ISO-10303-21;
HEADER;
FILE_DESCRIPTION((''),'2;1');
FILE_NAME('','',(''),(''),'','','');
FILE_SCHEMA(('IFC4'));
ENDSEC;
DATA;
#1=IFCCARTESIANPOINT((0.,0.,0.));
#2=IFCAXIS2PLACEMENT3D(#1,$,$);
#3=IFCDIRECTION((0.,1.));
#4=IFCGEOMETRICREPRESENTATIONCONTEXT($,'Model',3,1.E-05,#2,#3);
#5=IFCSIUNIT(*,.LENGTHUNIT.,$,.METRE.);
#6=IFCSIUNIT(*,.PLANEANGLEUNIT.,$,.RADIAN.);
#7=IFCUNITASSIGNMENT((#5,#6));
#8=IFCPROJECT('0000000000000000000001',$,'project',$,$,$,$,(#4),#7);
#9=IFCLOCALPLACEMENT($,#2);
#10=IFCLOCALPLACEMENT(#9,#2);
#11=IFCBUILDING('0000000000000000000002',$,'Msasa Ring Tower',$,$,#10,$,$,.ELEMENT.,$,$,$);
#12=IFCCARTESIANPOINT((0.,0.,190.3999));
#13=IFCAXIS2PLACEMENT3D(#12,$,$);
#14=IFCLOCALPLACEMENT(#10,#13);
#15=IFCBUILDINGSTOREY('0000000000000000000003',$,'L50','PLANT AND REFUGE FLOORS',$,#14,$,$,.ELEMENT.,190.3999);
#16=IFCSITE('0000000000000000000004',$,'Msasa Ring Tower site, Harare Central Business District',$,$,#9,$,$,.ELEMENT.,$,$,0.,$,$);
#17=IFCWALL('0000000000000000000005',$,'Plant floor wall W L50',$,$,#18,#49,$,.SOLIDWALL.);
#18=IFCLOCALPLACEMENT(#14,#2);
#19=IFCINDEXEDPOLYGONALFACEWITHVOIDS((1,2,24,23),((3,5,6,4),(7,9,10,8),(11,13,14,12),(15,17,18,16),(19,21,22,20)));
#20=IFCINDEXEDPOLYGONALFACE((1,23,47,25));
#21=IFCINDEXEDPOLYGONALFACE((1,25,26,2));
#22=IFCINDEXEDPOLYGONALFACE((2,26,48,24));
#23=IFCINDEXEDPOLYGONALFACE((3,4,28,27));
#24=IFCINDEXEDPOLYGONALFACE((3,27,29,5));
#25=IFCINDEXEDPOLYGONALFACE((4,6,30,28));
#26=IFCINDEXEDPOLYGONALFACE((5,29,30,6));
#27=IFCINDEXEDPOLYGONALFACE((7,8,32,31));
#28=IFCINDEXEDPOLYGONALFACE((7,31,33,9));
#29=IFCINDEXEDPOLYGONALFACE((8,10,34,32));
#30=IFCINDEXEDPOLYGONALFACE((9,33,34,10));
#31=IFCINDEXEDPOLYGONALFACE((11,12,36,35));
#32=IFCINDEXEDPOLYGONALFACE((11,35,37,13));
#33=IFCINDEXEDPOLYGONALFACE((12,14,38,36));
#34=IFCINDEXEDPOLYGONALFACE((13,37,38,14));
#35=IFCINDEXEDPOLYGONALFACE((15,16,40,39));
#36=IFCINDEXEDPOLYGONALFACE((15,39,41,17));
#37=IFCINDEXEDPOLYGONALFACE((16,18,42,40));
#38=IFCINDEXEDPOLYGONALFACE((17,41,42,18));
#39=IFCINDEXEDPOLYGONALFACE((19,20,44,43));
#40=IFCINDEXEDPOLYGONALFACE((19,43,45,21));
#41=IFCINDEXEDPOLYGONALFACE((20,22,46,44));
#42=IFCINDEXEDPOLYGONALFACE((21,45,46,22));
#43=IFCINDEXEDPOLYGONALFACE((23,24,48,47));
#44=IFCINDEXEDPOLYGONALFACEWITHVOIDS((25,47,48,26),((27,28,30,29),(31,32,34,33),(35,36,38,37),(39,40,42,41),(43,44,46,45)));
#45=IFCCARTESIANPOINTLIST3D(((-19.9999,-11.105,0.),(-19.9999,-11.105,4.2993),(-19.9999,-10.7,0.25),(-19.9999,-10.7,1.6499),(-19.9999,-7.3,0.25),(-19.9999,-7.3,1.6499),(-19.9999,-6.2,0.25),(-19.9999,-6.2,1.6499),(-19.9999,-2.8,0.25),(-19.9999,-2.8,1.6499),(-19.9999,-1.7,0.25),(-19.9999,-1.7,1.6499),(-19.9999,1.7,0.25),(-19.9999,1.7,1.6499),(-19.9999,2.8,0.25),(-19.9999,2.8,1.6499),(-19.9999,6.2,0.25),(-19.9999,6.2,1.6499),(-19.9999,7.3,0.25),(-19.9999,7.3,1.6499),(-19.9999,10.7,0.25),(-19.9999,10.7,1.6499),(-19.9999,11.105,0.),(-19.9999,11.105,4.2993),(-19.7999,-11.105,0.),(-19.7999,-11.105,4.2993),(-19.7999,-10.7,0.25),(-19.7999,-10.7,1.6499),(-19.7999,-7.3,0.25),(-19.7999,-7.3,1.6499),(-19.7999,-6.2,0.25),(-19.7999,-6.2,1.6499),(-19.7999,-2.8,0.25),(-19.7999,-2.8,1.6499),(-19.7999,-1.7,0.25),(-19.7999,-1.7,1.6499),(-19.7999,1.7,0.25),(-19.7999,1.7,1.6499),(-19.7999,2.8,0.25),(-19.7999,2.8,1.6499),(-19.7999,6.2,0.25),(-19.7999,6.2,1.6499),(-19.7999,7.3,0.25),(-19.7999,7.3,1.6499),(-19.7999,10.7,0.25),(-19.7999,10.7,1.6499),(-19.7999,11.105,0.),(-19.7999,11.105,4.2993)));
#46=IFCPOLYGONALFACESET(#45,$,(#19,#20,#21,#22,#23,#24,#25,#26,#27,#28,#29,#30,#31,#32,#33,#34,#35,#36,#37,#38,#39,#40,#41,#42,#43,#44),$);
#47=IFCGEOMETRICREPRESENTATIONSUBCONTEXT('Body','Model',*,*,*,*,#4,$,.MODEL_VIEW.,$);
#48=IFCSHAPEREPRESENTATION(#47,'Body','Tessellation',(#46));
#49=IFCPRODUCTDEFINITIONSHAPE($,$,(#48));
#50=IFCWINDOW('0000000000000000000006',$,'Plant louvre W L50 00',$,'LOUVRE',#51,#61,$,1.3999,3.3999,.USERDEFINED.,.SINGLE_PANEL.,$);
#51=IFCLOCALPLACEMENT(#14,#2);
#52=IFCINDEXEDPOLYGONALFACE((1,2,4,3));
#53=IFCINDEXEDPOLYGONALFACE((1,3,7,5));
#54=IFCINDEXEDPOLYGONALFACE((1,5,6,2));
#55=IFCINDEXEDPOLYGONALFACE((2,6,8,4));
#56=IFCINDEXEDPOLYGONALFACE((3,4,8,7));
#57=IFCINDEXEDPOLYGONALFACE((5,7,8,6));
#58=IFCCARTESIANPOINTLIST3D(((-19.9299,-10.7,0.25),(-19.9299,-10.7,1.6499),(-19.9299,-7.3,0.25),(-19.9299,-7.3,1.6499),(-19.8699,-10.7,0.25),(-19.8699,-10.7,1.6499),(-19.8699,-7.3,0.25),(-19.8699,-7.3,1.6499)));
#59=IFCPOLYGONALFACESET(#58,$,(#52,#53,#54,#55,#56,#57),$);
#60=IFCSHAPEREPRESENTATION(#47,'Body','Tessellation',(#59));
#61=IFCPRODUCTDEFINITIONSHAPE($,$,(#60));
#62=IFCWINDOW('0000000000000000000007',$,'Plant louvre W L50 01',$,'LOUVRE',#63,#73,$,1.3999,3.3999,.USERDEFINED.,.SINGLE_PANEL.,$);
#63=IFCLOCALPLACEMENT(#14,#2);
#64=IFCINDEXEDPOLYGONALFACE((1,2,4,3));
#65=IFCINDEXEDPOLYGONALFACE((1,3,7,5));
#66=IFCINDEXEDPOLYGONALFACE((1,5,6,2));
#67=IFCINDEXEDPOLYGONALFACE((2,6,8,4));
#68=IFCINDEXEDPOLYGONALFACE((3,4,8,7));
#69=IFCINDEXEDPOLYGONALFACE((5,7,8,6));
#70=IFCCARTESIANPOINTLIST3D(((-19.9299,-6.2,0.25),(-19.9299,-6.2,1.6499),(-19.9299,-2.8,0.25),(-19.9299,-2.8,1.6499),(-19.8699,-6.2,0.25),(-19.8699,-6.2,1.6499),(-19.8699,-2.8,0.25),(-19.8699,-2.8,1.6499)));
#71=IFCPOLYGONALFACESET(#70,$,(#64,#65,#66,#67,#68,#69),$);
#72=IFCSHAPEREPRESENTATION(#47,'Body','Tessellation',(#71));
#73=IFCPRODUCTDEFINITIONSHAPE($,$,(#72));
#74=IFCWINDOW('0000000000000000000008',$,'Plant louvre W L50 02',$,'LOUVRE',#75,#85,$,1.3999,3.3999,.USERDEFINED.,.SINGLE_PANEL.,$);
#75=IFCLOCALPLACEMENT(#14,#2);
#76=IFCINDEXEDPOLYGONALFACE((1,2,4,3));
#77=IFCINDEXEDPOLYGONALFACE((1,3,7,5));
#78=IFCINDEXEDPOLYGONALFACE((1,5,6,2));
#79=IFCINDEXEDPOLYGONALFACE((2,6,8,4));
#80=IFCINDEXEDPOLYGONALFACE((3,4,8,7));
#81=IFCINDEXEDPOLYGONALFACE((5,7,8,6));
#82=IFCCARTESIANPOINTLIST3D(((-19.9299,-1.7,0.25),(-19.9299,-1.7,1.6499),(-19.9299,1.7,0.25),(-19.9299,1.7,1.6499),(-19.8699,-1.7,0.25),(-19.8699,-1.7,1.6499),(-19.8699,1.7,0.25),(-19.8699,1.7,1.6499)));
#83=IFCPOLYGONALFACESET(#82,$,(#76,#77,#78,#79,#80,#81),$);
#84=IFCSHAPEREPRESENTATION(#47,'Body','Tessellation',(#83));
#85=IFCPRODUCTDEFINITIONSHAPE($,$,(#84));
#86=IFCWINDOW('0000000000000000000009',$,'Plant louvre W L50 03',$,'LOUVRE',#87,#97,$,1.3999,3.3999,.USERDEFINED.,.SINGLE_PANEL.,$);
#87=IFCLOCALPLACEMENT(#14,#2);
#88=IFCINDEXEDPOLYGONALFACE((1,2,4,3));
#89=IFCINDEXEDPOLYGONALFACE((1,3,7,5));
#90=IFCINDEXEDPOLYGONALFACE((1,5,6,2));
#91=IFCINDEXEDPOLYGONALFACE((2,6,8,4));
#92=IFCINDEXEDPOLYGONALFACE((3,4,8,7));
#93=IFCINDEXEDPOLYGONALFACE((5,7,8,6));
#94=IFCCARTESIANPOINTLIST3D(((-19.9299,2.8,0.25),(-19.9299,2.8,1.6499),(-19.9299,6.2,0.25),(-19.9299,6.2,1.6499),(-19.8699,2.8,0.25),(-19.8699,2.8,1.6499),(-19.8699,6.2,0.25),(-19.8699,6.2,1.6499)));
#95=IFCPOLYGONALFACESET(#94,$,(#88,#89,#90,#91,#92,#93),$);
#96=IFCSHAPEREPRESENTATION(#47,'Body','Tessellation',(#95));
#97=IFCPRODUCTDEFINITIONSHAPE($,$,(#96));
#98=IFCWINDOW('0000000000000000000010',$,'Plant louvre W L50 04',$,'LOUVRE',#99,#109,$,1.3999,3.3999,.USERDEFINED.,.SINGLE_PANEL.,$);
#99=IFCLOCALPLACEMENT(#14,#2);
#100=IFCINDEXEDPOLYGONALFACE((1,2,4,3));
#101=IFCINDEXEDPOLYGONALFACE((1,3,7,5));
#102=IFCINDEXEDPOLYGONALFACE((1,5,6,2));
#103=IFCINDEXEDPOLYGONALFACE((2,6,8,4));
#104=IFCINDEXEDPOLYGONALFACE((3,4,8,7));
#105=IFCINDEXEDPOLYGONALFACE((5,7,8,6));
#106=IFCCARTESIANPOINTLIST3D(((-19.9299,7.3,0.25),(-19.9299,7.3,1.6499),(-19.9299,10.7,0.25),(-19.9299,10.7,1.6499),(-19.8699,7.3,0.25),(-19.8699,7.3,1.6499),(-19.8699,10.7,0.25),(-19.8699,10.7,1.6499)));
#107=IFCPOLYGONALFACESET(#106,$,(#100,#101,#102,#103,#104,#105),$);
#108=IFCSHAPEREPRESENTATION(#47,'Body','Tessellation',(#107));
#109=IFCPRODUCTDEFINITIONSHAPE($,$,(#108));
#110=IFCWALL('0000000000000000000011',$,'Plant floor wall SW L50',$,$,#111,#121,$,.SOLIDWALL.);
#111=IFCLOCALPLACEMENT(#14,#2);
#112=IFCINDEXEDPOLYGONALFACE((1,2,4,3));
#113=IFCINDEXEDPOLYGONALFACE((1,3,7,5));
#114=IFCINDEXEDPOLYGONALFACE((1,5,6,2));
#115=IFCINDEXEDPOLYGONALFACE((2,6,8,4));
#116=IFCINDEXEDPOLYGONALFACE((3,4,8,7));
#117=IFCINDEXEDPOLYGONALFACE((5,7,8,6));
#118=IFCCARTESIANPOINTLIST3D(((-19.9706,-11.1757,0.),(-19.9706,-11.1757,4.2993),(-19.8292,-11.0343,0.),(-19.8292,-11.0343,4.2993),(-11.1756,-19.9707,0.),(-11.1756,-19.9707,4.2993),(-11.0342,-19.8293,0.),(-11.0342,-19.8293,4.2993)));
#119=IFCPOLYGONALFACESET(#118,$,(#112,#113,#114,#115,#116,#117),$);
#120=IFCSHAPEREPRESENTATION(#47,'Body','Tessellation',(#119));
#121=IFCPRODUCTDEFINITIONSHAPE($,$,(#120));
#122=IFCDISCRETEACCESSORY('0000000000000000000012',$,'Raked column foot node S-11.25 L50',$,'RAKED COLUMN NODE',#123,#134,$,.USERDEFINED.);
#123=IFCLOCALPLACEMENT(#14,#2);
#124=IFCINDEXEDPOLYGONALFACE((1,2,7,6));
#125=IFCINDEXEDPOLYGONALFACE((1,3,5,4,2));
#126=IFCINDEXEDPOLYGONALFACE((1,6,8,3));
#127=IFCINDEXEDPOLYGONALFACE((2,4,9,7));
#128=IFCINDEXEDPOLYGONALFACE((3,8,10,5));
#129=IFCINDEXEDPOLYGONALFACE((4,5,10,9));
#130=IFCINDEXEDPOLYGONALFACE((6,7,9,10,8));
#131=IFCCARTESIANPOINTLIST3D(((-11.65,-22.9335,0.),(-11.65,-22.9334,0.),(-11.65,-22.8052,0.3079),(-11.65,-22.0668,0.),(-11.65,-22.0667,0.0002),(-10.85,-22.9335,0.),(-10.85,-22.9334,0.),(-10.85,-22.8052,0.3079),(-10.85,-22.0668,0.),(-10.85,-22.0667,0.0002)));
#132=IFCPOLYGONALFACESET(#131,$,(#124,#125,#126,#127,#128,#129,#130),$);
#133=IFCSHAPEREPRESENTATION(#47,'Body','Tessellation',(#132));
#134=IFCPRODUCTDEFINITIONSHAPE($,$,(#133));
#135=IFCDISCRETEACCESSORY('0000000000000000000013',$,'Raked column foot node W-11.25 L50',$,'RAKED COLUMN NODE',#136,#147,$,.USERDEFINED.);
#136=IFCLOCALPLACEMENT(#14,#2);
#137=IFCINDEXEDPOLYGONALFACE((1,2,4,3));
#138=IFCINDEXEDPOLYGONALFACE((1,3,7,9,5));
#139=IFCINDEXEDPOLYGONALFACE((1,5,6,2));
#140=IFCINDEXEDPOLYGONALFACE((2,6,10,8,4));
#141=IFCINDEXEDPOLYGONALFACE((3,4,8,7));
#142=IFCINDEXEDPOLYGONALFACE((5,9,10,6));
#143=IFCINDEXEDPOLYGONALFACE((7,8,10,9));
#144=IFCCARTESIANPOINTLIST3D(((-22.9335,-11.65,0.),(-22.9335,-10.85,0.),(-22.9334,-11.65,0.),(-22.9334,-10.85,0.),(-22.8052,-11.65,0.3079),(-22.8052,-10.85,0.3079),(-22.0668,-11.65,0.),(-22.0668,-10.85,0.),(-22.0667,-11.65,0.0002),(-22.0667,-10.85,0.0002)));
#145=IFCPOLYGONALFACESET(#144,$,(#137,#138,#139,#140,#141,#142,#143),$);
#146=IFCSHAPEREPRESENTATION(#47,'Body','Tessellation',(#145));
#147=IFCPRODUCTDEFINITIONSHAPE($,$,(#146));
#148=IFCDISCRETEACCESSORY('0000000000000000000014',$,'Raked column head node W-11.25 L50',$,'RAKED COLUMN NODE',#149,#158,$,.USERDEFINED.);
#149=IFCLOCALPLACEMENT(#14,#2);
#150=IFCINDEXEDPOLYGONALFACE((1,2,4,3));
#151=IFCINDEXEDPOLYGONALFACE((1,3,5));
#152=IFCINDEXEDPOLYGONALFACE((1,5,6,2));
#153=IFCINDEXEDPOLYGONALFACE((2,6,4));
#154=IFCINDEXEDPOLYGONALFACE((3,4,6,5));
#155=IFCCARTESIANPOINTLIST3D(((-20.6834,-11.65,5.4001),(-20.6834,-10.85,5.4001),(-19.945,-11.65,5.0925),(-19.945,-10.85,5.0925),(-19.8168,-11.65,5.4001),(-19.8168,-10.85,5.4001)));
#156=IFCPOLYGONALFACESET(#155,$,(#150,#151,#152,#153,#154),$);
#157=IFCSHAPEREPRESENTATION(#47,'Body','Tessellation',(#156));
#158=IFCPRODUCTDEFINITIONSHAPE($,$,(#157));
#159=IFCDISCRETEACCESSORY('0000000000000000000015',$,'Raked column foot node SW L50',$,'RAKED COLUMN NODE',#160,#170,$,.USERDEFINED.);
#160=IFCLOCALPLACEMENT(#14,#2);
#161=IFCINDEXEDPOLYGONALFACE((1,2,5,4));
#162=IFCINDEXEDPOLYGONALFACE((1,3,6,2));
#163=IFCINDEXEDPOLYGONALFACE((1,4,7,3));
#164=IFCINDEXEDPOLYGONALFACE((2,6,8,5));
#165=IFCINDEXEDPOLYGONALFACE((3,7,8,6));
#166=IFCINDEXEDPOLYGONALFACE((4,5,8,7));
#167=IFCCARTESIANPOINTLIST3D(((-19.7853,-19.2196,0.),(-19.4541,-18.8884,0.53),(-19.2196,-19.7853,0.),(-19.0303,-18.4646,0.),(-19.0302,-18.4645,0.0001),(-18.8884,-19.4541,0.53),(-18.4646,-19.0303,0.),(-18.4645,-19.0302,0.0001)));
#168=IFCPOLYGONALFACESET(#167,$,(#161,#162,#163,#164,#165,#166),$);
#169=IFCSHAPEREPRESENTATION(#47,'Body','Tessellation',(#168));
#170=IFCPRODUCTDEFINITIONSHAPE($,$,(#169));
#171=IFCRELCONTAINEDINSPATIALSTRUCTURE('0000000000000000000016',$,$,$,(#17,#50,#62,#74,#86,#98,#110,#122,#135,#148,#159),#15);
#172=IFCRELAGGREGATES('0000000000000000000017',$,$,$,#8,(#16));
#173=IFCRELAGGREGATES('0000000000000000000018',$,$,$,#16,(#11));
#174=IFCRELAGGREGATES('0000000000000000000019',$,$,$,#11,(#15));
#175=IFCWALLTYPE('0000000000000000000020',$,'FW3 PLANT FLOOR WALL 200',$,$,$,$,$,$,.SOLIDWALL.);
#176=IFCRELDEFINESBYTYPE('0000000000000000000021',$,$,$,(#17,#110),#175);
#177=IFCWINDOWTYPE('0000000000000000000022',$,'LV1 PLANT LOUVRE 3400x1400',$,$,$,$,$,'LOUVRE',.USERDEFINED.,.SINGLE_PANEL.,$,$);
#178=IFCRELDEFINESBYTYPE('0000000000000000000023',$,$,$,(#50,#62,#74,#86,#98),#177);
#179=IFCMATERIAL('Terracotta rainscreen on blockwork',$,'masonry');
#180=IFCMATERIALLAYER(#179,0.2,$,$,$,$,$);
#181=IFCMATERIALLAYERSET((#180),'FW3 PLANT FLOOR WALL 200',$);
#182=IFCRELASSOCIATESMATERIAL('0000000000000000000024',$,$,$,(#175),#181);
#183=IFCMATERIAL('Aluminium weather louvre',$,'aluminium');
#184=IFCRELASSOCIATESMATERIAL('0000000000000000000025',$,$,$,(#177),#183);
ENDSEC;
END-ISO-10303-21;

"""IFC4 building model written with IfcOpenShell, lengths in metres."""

from ifc_helpers import new_model, si_unit, direction, frame, frame_2d, origin, origin_2d, place, context, subcontext, project, spatial, rectangle, extrude, clip, halfspace, material, layer, layer_set, type_object, element, fill, save


model = new_model("IFC4")

# Units and contexts
model_context = context("Model", 3, precision=1e-05, world=origin(), true_north=direction((0.0, 1.0)))
body_context = subcontext(model_context, "Body", "Model", "MODEL_VIEW")
ifc_project = project(units=[si_unit("LENGTHUNIT", "METRE"), si_unit("PLANEANGLEUNIT", "RADIAN")], contexts=[model_context])

# Site, building, storey
site_placement = place(None, origin())
site = spatial("IfcSite", under=ifc_project, at=site_placement, Name="Msasa Ring Tower site, Harare Central Business District", CompositionType="ELEMENT", RefElevation=0.0)
building_placement = place(site_placement, origin())
building = spatial("IfcBuilding", under=site, at=building_placement, Name="Msasa Ring Tower", CompositionType="ELEMENT")
storey_placement = place(building_placement, frame((0.0, 0.0, 190.3999)))
storey = spatial("IfcBuildingStorey", under=building, at=storey_placement, Name="L50", Description="PLANT AND REFUGE FLOORS", CompositionType="ELEMENT", Elevation=190.3999)

# Wall, openings, windows
ifc_material_1 = material(Name="Terracotta rainscreen on blockwork", Category="masonry")
ifc_layer_1 = layer(ifc_material_1, 0.2)
ifc_layer_set_1 = layer_set([ifc_layer_1], Name="FW3 PLANT FLOOR WALL 200")
wall_type_1 = type_object("IfcWallType", Name="FW3 PLANT FLOOR WALL 200", PredefinedType="SOLIDWALL", material=ifc_layer_set_1)
wall_1_placement = place(storey_placement, frame((-19.8999, -11.105, 0.0), z_axis=(0.0, 0.0, 1.0), x_axis=(0.0, 1.0, 0.0)))
wall_1 = element("IfcWall", 1, at=wall_1_placement, inside=storey, type_object=wall_type_1, Name="Plant floor wall W L50", PredefinedType="SOLIDWALL", context=body_context, shape_type="SweptSolid", body=[
    extrude(rectangle(XDim=22.21, YDim=0.2, at=frame_2d((11.105, 0.0))), origin(), (0.0, 0.0, 1.0), 4.2993),
])
opening_1_placement = place(wall_1_placement, frame((0.405, 0.0, 0.25)))
opening_1 = element("IfcOpeningElement", 2, at=opening_1_placement, cuts=wall_1, PredefinedType="OPENING", context=body_context, shape_type="SweptSolid", body=[
    extrude(rectangle(XDim=3.3999, YDim=1.3999, at=frame_2d((1.7, 0.7))), frame((0.0, 0.1099, 0.0), z_axis=(0.0, -1.0, 0.0), x_axis=(1.0, 0.0, 0.0)), (0.0, 0.0, 1.0), 0.22),
])
opening_2_placement = place(wall_1_placement, frame((4.905, 0.0, 0.25)))
opening_2 = element("IfcOpeningElement", 3, at=opening_2_placement, cuts=wall_1, PredefinedType="OPENING", context=body_context, shape_type="SweptSolid", body=[
    extrude(rectangle(XDim=3.3999, YDim=1.3999, at=frame_2d((1.7, 0.7))), frame((0.0, 0.1099, 0.0), z_axis=(0.0, -1.0, 0.0), x_axis=(1.0, 0.0, 0.0)), (0.0, 0.0, 1.0), 0.22),
])
opening_3_placement = place(wall_1_placement, frame((9.405, 0.0, 0.25)))
opening_3 = element("IfcOpeningElement", 4, at=opening_3_placement, cuts=wall_1, PredefinedType="OPENING", context=body_context, shape_type="SweptSolid", body=[
    extrude(rectangle(XDim=3.3999, YDim=1.3999, at=frame_2d((1.7, 0.7))), frame((0.0, 0.1099, 0.0), z_axis=(0.0, -1.0, 0.0), x_axis=(1.0, 0.0, 0.0)), (0.0, 0.0, 1.0), 0.22),
])
opening_4_placement = place(wall_1_placement, frame((13.905, 0.0, 0.25)))
opening_4 = element("IfcOpeningElement", 5, at=opening_4_placement, cuts=wall_1, PredefinedType="OPENING", context=body_context, shape_type="SweptSolid", body=[
    extrude(rectangle(XDim=3.3999, YDim=1.3999, at=frame_2d((1.7, 0.7))), frame((0.0, 0.1099, 0.0), z_axis=(0.0, -1.0, 0.0), x_axis=(1.0, 0.0, 0.0)), (0.0, 0.0, 1.0), 0.22),
])
opening_5_placement = place(wall_1_placement, frame((18.405, 0.0, 0.25)))
opening_5 = element("IfcOpeningElement", 6, at=opening_5_placement, cuts=wall_1, PredefinedType="OPENING", context=body_context, shape_type="SweptSolid", body=[
    extrude(rectangle(XDim=3.3999, YDim=1.3999, at=frame_2d((1.7, 0.7))), frame((0.0, 0.1099, 0.0), z_axis=(0.0, -1.0, 0.0), x_axis=(1.0, 0.0, 0.0)), (0.0, 0.0, 1.0), 0.22),
])
ifc_material_2 = material(Name="Aluminium weather louvre", Category="aluminium")
window_type = type_object("IfcWindowType", Name="LV1 PLANT LOUVRE 3400x1400", ElementType="LOUVRE", PartitioningType="SINGLE_PANEL", PredefinedType="USERDEFINED", material=ifc_material_2)
window_1_placement = place(opening_1_placement, origin())
window_1 = element("IfcWindow", 7, at=window_1_placement, inside=storey, type_object=window_type, Name="Plant louvre W L50 00", ObjectType="LOUVRE", OverallHeight=1.3999, OverallWidth=3.3999, PartitioningType="SINGLE_PANEL", PredefinedType="USERDEFINED", context=body_context, shape_type="SweptSolid", body=[
    extrude(rectangle(XDim=3.3999, YDim=1.3999, at=frame_2d((1.7, 0.7))), frame((0.0, 0.03, 0.0), z_axis=(0.0, -1.0, 0.0), x_axis=(1.0, 0.0, 0.0)), (0.0, 0.0, 1.0), 0.0601),
])
fill(opening_1, window_1)
window_2_placement = place(opening_2_placement, origin())
window_2 = element("IfcWindow", 8, at=window_2_placement, inside=storey, type_object=window_type, Name="Plant louvre W L50 01", ObjectType="LOUVRE", OverallHeight=1.3999, OverallWidth=3.3999, PartitioningType="SINGLE_PANEL", PredefinedType="USERDEFINED", context=body_context, shape_type="SweptSolid", body=[
    extrude(rectangle(XDim=3.3999, YDim=1.3999, at=frame_2d((1.7, 0.7))), frame((0.0, 0.03, 0.0), z_axis=(0.0, -1.0, 0.0), x_axis=(1.0, 0.0, 0.0)), (0.0, 0.0, 1.0), 0.0601),
])
fill(opening_2, window_2)
window_3_placement = place(opening_3_placement, origin())
window_3 = element("IfcWindow", 9, at=window_3_placement, inside=storey, type_object=window_type, Name="Plant louvre W L50 02", ObjectType="LOUVRE", OverallHeight=1.3999, OverallWidth=3.3999, PartitioningType="SINGLE_PANEL", PredefinedType="USERDEFINED", context=body_context, shape_type="SweptSolid", body=[
    extrude(rectangle(XDim=3.3999, YDim=1.3999, at=frame_2d((1.7, 0.7))), frame((0.0, 0.03, 0.0), z_axis=(0.0, -1.0, 0.0), x_axis=(1.0, 0.0, 0.0)), (0.0, 0.0, 1.0), 0.0601),
])
fill(opening_3, window_3)
window_4_placement = place(opening_4_placement, origin())
window_4 = element("IfcWindow", 10, at=window_4_placement, inside=storey, type_object=window_type, Name="Plant louvre W L50 03", ObjectType="LOUVRE", OverallHeight=1.3999, OverallWidth=3.3999, PartitioningType="SINGLE_PANEL", PredefinedType="USERDEFINED", context=body_context, shape_type="SweptSolid", body=[
    extrude(rectangle(XDim=3.3999, YDim=1.3999, at=frame_2d((1.7, 0.7))), frame((0.0, 0.03, 0.0), z_axis=(0.0, -1.0, 0.0), x_axis=(1.0, 0.0, 0.0)), (0.0, 0.0, 1.0), 0.0601),
])
fill(opening_4, window_4)
window_5_placement = place(opening_5_placement, origin())
window_5 = element("IfcWindow", 11, at=window_5_placement, inside=storey, type_object=window_type, Name="Plant louvre W L50 04", ObjectType="LOUVRE", OverallHeight=1.3999, OverallWidth=3.3999, PartitioningType="SINGLE_PANEL", PredefinedType="USERDEFINED", context=body_context, shape_type="SweptSolid", body=[
    extrude(rectangle(XDim=3.3999, YDim=1.3999, at=frame_2d((1.7, 0.7))), frame((0.0, 0.03, 0.0), z_axis=(0.0, -1.0, 0.0), x_axis=(1.0, 0.0, 0.0)), (0.0, 0.0, 1.0), 0.0601),
])
fill(opening_5, window_5)

# Wall
wall_2_placement = place(storey_placement, frame((-19.8999, -11.105, 0.0), z_axis=(0.0, 0.0, 1.0), x_axis=(0.707107, -0.707107, 0.0)))
element("IfcWall", 12, at=wall_2_placement, inside=storey, type_object=wall_type_1, Name="Plant floor wall SW L50", PredefinedType="SOLIDWALL", context=body_context, shape_type="SweptSolid", body=[
    extrude(rectangle(XDim=12.438, YDim=0.2, at=frame_2d((6.219, 0.0))), origin(), (0.0, 0.0, 1.0), 4.2993),
])

# Discrete accessories
discrete_accessory_1_placement = place(storey_placement, frame((-11.25, -22.5, 0.0)))
element("IfcDiscreteAccessory", 13, at=discrete_accessory_1_placement, inside=storey, Name="Raked column foot node S-11.25 L50", ObjectType="RAKED COLUMN NODE", PredefinedType="USERDEFINED", context=body_context, shape_type="Clipping", body=[
    clip(extrude(rectangle(XDim=0.8, YDim=0.8, at=origin_2d()), frame((0.0, -0.0642, -0.1538), z_axis=(0.0, 0.384615, 0.923077), x_axis=(0.0, -0.923077, 0.384615)), (0.0, 0.0, 1.0), 0.3335), halfspace(frame((0.0, 0.0, 0.0), z_axis=(0.0, 0.0, 1.0)), True)),
])
discrete_accessory_2_placement = place(storey_placement, frame((-22.5, -11.25, 0.0)))
element("IfcDiscreteAccessory", 14, at=discrete_accessory_2_placement, inside=storey, Name="Raked column foot node W-11.25 L50", ObjectType="RAKED COLUMN NODE", PredefinedType="USERDEFINED", context=body_context, shape_type="Clipping", body=[
    clip(extrude(rectangle(XDim=0.8, YDim=0.8, at=origin_2d()), frame((-0.0642, 0.0, -0.1538), z_axis=(0.384615, 0.0, 0.923077), x_axis=(0.0, 1.0, 0.0)), (0.0, 0.0, 1.0), 0.3335), halfspace(frame((0.0, 0.0, 0.0), z_axis=(0.0, 0.0, 1.0)), True)),
])
discrete_accessory_3_placement = place(storey_placement, frame((-20.25, -11.25, 5.4001)))
element("IfcDiscreteAccessory", 15, at=discrete_accessory_3_placement, inside=storey, Name="Raked column head node W-11.25 L50", ObjectType="RAKED COLUMN NODE", PredefinedType="USERDEFINED", context=body_context, shape_type="Clipping", body=[
    clip(extrude(rectangle(XDim=0.8, YDim=0.8, at=origin_2d()), frame((-0.0642, 0.0, -0.1538), z_axis=(0.384615, 0.0, 0.923077), x_axis=(0.0, 1.0, 0.0)), (0.0, 0.0, 1.0), 0.3335), halfspace(frame((0.0, 0.0, 0.0), z_axis=(0.0, 0.0, -1.0)), True)),
])
discrete_accessory_4_placement = place(storey_placement, frame((-19.125, -19.125, 0.0)))
element("IfcDiscreteAccessory", 16, at=discrete_accessory_4_placement, inside=storey, Name="Raked column foot node SW L50", ObjectType="RAKED COLUMN NODE", PredefinedType="USERDEFINED", context=body_context, shape_type="Clipping", body=[
    clip(extrude(rectangle(XDim=0.8, YDim=0.8, at=origin_2d()), frame((-0.1655, -0.1655, -0.2649), z_axis=(0.468293, 0.468293, 0.749269), x_axis=(-0.707107, 0.707107, 0.0)), (0.0, 0.0, 1.0), 0.7073), halfspace(frame((0.0, 0.0, 0.0), z_axis=(0.0, 0.0, 1.0)), True)),
])

save(model, "model.ifc")
